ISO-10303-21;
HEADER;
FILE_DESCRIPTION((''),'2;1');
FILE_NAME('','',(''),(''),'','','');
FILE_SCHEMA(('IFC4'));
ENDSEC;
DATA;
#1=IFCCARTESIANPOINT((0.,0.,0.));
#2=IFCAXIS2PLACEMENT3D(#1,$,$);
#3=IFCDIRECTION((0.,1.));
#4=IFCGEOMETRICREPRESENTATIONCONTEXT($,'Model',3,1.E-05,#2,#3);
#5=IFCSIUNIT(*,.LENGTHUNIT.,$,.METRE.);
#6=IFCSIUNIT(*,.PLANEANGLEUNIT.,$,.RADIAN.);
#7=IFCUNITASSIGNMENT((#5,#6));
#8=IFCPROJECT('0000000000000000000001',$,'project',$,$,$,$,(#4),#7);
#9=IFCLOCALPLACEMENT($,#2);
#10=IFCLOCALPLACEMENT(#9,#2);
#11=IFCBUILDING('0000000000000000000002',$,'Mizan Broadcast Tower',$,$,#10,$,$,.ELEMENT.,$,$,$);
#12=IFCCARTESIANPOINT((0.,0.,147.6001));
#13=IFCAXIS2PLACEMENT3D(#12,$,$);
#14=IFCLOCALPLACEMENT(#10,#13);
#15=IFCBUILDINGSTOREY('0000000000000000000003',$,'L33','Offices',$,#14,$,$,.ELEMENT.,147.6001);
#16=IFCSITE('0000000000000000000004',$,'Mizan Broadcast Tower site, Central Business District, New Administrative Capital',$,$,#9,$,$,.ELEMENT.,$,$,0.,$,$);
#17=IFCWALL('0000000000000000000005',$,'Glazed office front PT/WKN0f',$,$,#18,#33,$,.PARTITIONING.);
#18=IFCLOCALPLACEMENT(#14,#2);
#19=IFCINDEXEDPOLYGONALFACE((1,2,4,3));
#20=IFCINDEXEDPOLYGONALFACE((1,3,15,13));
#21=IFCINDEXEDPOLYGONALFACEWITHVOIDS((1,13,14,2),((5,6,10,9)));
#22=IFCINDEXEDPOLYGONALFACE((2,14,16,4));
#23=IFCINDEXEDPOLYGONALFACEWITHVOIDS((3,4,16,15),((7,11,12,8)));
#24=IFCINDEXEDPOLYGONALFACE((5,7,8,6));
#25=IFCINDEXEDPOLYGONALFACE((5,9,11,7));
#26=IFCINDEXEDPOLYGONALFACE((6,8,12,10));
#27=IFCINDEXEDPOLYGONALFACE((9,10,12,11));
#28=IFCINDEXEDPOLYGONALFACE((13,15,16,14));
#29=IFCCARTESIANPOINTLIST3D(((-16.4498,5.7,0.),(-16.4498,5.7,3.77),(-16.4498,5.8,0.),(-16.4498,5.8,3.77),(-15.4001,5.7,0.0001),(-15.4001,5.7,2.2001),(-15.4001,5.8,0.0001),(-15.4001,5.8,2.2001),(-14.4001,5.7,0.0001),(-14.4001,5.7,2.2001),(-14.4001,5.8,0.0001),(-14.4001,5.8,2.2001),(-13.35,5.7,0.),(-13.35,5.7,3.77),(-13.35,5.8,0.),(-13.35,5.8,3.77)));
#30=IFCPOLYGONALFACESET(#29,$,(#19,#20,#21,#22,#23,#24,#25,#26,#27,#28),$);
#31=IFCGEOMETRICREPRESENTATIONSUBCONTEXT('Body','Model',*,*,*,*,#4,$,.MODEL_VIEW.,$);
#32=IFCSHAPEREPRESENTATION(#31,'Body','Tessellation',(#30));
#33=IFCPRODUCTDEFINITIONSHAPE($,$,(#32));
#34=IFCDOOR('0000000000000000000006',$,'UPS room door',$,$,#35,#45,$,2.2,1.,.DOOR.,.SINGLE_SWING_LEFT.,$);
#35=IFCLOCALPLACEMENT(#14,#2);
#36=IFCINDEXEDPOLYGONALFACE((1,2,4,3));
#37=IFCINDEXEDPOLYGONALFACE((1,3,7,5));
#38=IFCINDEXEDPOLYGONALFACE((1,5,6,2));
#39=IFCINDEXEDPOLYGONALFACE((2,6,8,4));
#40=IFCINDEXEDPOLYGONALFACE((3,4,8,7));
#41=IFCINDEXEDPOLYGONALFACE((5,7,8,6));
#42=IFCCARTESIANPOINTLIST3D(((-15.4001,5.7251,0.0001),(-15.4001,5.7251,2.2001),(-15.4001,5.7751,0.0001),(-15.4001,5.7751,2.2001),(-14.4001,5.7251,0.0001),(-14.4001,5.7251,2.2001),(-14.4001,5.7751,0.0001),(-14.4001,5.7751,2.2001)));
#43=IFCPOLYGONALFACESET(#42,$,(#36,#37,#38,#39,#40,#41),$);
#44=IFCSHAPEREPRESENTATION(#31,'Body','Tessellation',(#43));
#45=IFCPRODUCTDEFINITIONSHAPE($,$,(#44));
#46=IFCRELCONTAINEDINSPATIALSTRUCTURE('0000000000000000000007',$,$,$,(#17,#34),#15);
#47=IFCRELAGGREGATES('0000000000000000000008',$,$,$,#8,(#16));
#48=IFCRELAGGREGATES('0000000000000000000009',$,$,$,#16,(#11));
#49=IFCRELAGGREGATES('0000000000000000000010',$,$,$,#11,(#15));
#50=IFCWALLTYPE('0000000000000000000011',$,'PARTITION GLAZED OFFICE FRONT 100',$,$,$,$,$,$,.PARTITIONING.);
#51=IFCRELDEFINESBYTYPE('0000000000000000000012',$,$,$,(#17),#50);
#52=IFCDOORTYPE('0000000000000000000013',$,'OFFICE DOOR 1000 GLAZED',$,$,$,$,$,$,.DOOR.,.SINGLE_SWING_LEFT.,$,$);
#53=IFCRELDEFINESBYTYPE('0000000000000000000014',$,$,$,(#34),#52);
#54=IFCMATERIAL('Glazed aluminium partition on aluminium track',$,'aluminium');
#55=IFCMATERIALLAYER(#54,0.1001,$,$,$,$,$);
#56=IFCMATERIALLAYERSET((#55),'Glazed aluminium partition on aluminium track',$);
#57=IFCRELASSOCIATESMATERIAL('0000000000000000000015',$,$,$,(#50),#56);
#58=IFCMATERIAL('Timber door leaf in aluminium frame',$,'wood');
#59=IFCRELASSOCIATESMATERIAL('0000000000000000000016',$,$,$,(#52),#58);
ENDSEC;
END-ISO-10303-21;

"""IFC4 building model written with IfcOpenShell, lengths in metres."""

from ifc_helpers import new_model, si_unit, direction, frame, frame_2d, origin, place, context, subcontext, project, spatial, rectangle, extrude, material, layer, layer_set, type_object, element, fill, save


model = new_model("IFC4")

# Units and contexts
model_context = context("Model", 3, precision=1e-05, world=origin(), true_north=direction((0.0, 1.0)))
body_context = subcontext(model_context, "Body", "Model", "MODEL_VIEW")
ifc_project = project(units=[si_unit("LENGTHUNIT", "METRE"), si_unit("PLANEANGLEUNIT", "RADIAN")], contexts=[model_context])

# Site, building, storey
site_placement = place(None, origin())
site = spatial("IfcSite", under=ifc_project, at=site_placement, Name="Mizan Broadcast Tower site, Central Business District, New Administrative Capital", CompositionType="ELEMENT", RefElevation=0.0)
building_placement = place(site_placement, origin())
building = spatial("IfcBuilding", under=site, at=building_placement, Name="Mizan Broadcast Tower", CompositionType="ELEMENT")
storey_placement = place(building_placement, frame((0.0, 0.0, 147.6001)))
storey = spatial("IfcBuildingStorey", under=building, at=storey_placement, Name="L33", Description="Offices", CompositionType="ELEMENT", Elevation=147.6001)

# Shared definitions
ifc_material_1 = material(Name="Glazed aluminium partition on aluminium track", Category="aluminium")
ifc_layer_1 = layer(ifc_material_1, 0.1001)
ifc_layer_set_1 = layer_set([ifc_layer_1], Name="Glazed aluminium partition on aluminium track")
wall_type_1 = type_object("IfcWallType", Name="PARTITION GLAZED OFFICE FRONT 100", PredefinedType="PARTITIONING", material=ifc_layer_set_1)

# Wall, opening, door
wall_1_placement = place(storey_placement, frame((-13.3501, 5.75, 0.0), z_axis=(0.0, 0.0, 1.0), x_axis=(-1.0, 0.0, 0.0)))
wall_1 = element("IfcWall", 1, at=wall_1_placement, inside=storey, type_object=wall_type_1, Name="Glazed office front PT/WKN0f", PredefinedType="PARTITIONING", context=body_context, shape_type="SweptSolid", body=[
    extrude(rectangle(XDim=3.0999, YDim=0.1001, at=frame_2d((1.5498, 0.0))), origin(), (0.0, 0.0, 1.0), 3.77),
])
opening_1_placement = place(wall_1_placement, frame((1.05, 0.0, 0.0)))
opening_1 = element("IfcOpeningElement", 2, at=opening_1_placement, cuts=wall_1, PredefinedType="OPENING", context=body_context, shape_type="SweptSolid", body=[
    extrude(rectangle(XDim=1.0, YDim=2.2, at=frame_2d((0.5, 1.1001))), frame((0.0, 0.0601, 0.0), z_axis=(0.0, -1.0, 0.0), x_axis=(1.0, 0.0, 0.0)), (0.0, 0.0, 1.0), 0.1201),
])
ifc_material_2 = material(Name="Timber door leaf in aluminium frame", Category="wood")
door_type_1 = type_object("IfcDoorType", Name="OFFICE DOOR 1000 GLAZED", OperationType="SINGLE_SWING_LEFT", PredefinedType="DOOR", material=ifc_material_2)
door_1_placement = place(opening_1_placement, origin())
door_1 = element("IfcDoor", 3, at=door_1_placement, inside=storey, type_object=door_type_1, Name="UPS room door", OperationType="SINGLE_SWING_LEFT", OverallHeight=2.2, OverallWidth=1.0, PredefinedType="DOOR", context=body_context, shape_type="SweptSolid", body=[
    extrude(rectangle(XDim=1.0, YDim=2.2, at=frame_2d((0.5, 1.1001))), frame((0.0, 0.0249, 0.0), z_axis=(0.0, -1.0, 0.0), x_axis=(1.0, 0.0, 0.0)), (0.0, 0.0, 1.0), 0.05),
])
fill(opening_1, door_1)

save(model, "model.ifc")
